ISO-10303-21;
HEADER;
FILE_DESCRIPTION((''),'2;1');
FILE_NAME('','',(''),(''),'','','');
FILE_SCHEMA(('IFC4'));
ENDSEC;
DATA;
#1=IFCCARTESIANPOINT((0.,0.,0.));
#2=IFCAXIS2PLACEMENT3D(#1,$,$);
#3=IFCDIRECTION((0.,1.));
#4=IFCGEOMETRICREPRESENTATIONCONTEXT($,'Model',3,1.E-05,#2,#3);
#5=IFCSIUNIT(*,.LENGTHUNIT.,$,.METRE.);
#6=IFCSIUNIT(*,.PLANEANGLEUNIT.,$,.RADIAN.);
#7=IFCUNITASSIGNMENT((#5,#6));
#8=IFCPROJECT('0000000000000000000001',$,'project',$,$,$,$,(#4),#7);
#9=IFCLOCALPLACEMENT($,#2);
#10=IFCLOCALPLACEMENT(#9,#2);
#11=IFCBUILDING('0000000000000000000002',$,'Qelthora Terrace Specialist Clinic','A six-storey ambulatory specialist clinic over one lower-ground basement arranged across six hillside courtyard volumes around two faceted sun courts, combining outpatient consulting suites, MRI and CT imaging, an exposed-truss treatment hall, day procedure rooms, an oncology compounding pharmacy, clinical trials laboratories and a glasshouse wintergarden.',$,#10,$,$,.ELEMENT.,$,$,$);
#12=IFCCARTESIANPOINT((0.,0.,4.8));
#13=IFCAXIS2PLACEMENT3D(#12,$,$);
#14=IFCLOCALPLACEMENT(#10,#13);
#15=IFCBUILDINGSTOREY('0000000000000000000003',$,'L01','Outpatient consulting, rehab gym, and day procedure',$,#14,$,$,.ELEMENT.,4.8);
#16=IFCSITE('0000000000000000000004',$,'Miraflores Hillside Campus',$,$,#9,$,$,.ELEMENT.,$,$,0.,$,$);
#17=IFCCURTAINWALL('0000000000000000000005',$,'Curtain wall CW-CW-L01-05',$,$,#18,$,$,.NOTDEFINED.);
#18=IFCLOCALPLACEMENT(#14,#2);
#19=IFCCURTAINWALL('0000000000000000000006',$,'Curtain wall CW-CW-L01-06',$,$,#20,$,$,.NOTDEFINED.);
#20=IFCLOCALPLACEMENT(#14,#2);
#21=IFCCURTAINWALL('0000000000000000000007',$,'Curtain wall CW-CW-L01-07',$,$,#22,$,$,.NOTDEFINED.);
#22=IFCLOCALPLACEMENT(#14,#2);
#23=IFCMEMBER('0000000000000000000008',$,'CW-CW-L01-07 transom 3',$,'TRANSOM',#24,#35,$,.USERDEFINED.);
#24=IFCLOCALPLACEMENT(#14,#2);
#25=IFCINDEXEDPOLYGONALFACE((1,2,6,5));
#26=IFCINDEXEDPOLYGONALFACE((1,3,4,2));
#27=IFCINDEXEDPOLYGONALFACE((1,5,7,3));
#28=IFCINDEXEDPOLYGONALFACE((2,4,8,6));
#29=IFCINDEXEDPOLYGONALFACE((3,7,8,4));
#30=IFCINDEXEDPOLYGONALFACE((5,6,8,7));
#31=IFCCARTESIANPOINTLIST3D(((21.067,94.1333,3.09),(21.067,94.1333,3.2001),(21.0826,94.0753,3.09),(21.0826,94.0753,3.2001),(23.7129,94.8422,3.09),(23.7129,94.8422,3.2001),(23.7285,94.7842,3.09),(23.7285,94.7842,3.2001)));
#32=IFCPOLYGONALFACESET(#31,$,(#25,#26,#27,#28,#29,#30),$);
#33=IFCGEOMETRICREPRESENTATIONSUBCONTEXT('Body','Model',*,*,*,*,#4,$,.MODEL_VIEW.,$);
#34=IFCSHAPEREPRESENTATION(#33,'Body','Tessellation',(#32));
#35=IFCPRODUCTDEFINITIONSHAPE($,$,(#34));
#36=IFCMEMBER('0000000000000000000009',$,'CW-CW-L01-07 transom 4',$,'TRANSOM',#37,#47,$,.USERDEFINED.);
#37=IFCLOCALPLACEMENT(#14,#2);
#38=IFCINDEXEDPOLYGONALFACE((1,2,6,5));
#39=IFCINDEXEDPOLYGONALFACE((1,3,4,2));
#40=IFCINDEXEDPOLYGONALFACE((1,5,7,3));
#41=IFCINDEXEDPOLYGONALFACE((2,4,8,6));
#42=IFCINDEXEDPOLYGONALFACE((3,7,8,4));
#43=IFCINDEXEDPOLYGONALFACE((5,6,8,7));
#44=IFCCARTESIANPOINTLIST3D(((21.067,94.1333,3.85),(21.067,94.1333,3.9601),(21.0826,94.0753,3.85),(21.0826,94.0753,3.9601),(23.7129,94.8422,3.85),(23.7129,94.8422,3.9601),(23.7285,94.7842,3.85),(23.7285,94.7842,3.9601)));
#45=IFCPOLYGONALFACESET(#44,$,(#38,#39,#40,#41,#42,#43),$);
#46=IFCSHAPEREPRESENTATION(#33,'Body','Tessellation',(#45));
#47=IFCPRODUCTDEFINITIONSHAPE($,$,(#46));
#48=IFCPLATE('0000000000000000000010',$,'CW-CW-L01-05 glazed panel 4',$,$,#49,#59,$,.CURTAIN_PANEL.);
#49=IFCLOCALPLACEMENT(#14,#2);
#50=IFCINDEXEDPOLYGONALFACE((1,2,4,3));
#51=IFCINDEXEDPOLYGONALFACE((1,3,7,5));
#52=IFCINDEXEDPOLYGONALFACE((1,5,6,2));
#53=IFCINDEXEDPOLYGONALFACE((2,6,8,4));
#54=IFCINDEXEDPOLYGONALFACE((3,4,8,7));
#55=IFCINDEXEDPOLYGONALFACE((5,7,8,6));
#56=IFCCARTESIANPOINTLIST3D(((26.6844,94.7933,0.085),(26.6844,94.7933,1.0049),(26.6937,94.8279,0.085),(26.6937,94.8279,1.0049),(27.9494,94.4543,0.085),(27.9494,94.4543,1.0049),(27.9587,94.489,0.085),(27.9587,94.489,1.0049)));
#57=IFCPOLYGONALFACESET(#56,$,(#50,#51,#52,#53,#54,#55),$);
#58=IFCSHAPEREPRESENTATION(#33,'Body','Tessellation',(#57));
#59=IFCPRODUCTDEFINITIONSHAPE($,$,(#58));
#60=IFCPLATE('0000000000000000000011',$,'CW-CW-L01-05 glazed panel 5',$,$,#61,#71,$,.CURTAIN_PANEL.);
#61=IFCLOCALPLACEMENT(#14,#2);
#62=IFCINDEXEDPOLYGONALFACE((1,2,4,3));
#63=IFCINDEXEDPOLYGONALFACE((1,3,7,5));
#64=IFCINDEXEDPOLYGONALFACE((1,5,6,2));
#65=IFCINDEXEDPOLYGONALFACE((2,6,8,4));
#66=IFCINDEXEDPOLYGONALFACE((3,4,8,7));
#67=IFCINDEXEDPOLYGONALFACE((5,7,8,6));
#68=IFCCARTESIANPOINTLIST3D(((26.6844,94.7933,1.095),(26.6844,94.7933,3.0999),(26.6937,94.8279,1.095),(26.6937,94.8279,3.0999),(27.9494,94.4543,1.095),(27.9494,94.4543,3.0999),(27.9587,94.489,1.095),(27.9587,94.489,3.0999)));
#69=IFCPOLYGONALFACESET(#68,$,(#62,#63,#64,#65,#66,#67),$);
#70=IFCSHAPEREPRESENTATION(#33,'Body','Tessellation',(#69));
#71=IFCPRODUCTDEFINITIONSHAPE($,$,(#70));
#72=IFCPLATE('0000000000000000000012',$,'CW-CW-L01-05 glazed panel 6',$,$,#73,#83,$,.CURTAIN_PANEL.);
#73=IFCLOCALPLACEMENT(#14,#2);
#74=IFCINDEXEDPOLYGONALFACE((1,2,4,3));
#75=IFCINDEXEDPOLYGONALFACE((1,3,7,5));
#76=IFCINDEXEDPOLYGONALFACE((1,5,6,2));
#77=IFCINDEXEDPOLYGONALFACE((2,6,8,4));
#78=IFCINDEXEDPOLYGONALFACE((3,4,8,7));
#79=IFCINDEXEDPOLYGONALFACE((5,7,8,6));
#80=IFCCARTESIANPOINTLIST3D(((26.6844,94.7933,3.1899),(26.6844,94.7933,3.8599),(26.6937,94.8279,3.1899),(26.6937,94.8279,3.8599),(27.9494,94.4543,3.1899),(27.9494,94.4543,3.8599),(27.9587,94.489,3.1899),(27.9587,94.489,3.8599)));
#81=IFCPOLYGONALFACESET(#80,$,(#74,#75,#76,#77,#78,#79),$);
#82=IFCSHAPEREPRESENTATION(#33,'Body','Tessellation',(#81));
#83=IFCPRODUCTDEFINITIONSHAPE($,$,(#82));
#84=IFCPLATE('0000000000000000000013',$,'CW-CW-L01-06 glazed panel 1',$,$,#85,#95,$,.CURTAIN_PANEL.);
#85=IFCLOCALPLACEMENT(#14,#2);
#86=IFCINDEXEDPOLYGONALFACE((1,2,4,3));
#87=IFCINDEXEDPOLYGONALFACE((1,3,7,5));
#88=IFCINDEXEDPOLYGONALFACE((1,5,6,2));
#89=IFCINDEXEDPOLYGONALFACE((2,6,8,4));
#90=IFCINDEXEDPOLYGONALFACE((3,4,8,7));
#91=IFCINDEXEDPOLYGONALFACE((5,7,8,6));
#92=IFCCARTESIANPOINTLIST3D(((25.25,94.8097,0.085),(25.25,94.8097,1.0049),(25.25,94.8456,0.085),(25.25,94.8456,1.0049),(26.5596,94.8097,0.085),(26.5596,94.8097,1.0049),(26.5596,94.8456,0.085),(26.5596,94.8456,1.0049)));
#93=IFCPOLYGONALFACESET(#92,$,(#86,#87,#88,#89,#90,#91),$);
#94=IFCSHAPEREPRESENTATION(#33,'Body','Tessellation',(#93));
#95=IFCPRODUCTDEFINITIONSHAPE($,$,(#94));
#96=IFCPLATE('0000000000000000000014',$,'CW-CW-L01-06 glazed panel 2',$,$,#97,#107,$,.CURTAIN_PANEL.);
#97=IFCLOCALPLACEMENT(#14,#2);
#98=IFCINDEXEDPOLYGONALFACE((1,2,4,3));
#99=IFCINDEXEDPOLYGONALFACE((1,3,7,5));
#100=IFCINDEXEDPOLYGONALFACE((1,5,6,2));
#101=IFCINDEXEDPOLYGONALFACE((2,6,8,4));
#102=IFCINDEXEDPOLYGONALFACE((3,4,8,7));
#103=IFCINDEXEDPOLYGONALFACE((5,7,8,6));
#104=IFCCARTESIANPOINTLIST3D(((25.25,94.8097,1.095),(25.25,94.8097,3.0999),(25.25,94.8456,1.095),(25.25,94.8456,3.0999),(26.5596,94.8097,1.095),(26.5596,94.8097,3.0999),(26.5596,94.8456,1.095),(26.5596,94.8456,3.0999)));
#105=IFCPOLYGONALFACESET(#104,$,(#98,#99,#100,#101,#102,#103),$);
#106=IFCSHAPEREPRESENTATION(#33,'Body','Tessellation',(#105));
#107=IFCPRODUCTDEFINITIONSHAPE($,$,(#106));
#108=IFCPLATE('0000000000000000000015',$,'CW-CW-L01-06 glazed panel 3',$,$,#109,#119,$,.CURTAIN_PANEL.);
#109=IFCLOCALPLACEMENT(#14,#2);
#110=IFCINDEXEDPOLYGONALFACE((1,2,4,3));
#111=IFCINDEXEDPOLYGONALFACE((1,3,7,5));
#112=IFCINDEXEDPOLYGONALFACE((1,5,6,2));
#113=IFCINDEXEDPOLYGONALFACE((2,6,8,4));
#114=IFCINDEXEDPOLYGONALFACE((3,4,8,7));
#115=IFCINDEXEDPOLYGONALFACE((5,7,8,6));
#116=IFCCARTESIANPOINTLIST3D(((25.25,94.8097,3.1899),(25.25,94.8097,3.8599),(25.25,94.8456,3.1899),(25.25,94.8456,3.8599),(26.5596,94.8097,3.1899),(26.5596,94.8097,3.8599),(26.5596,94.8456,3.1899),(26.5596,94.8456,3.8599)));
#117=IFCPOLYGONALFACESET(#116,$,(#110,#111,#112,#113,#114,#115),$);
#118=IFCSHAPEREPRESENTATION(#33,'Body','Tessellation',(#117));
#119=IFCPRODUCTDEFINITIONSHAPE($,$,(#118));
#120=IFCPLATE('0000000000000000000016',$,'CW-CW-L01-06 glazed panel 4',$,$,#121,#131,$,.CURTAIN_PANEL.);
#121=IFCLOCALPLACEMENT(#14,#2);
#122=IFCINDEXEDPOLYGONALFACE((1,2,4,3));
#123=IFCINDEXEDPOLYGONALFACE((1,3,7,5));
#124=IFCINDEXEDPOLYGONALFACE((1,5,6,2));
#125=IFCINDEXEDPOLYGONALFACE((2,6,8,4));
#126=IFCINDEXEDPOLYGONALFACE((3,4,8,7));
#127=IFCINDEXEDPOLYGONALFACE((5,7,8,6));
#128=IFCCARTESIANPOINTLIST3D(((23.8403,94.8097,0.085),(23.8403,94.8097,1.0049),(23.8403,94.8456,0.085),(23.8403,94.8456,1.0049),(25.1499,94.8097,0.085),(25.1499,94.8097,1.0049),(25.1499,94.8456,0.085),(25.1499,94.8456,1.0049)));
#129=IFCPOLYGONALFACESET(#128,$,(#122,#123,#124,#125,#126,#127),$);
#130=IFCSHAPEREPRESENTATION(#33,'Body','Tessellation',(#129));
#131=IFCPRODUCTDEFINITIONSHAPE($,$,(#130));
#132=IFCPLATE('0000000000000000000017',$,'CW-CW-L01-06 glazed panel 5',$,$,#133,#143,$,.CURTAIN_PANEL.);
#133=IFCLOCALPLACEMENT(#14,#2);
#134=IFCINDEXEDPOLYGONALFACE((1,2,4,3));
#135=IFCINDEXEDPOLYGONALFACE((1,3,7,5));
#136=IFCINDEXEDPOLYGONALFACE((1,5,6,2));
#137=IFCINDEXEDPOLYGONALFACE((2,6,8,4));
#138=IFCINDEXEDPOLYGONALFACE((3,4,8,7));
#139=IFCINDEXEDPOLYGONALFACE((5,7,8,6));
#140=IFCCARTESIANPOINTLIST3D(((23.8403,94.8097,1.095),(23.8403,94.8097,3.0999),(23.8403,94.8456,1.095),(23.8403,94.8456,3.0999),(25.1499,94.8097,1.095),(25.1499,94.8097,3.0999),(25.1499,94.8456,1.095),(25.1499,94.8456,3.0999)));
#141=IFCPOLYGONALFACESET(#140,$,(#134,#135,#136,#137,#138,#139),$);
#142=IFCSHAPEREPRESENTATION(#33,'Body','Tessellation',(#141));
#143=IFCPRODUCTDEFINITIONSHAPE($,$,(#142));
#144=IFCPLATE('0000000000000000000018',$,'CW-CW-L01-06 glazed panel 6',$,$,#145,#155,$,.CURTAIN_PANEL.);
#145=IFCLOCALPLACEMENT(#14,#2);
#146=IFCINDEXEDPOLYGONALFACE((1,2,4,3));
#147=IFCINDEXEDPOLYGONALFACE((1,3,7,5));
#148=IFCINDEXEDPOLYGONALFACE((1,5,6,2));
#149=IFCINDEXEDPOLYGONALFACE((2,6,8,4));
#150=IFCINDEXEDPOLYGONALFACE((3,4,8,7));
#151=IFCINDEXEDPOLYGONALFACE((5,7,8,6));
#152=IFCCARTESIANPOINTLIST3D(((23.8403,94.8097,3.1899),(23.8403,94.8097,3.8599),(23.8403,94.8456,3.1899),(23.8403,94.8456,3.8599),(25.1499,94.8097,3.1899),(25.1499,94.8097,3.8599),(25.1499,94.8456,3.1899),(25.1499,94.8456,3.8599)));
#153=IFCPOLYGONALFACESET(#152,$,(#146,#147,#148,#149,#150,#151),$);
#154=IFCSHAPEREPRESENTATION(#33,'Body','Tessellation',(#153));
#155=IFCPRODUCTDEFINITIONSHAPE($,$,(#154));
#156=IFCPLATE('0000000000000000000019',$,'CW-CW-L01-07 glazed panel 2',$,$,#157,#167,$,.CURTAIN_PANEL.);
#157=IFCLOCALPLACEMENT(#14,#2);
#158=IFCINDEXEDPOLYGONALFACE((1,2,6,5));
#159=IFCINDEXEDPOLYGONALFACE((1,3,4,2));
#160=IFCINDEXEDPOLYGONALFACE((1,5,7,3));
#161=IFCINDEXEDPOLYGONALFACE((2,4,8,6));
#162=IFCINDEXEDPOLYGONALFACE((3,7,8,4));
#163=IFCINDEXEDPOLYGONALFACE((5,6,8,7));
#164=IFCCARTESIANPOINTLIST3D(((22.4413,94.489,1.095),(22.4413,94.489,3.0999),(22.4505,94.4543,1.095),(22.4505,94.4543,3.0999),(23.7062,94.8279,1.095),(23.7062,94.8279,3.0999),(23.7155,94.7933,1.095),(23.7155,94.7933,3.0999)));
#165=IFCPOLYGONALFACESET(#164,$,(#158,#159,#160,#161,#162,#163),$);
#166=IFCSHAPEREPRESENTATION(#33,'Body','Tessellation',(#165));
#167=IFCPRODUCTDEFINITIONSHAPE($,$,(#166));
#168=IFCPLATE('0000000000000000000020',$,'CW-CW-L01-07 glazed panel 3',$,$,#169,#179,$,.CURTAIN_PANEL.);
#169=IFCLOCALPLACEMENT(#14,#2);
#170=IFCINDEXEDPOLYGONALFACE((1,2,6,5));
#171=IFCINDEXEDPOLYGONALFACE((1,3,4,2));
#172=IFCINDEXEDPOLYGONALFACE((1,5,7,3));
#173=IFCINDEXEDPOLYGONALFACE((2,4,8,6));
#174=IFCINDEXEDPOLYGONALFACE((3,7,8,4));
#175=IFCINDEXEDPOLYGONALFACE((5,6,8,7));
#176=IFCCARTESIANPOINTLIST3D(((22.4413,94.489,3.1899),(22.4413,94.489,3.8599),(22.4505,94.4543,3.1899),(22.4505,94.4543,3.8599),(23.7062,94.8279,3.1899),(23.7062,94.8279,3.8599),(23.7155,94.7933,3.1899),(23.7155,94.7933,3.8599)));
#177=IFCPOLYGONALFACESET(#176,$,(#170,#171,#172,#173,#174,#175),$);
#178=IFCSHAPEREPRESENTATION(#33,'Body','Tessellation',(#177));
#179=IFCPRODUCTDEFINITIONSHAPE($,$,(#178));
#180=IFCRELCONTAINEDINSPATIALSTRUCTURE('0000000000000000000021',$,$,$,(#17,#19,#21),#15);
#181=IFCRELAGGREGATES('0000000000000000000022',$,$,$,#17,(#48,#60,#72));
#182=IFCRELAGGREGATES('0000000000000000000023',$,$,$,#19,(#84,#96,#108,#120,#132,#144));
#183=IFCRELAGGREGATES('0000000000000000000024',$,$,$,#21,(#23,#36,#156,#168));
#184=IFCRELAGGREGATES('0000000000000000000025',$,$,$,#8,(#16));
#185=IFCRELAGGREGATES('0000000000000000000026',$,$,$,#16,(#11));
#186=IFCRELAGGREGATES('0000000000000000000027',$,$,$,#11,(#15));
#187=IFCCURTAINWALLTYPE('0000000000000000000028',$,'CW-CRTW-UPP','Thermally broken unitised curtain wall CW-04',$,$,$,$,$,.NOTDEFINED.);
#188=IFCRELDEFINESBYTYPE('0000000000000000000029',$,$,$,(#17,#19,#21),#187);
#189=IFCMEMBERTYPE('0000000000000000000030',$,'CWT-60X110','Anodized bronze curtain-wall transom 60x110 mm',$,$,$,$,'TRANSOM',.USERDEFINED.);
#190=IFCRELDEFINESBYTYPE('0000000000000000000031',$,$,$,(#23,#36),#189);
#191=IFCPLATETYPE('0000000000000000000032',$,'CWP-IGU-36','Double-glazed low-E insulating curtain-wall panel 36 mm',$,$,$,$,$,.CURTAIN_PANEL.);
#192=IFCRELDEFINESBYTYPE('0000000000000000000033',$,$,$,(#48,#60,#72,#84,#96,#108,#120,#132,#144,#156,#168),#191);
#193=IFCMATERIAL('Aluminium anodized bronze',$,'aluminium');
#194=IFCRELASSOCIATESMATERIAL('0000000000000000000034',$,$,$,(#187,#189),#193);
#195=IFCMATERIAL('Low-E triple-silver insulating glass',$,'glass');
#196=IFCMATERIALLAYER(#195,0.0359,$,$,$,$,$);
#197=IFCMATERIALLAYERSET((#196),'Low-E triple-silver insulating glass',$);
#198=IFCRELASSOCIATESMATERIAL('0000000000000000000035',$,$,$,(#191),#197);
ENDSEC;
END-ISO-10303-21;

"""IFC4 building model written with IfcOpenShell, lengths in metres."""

from ifc_helpers import new_model, si_unit, direction, frame, origin, origin_2d, place, context, subcontext, project, spatial, rectangle, extrude, material, layer, layer_set, material_profile, profile_set, type_object, element, aggregate, save


model = new_model("IFC4")

# Units and contexts
model_context = context("Model", 3, precision=1e-05, world=origin(), true_north=direction((0.0, 1.0)))
body_context = subcontext(model_context, "Body", "Model", "MODEL_VIEW")
ifc_project = project(units=[si_unit("LENGTHUNIT", "METRE"), si_unit("PLANEANGLEUNIT", "RADIAN")], contexts=[model_context])

# Site, building, storey
site_placement = place(None, origin())
site = spatial("IfcSite", under=ifc_project, at=site_placement, Name="Miraflores Hillside Campus", CompositionType="ELEMENT", RefElevation=0.0)
building_placement = place(site_placement, origin())
building = spatial("IfcBuilding", under=site, at=building_placement, Name="Qelthora Terrace Specialist Clinic", Description="A six-storey ambulatory specialist clinic over one lower-ground basement arranged across six hillside courtyard volumes around two faceted sun courts, combining outpatient consulting suites, MRI and CT imaging, an exposed-truss treatment hall, day procedure rooms, an oncology compounding pharmacy, clinical trials laboratories and a glasshouse wintergarden.", CompositionType="ELEMENT")
storey_placement = place(building_placement, frame((0.0, 0.0, 4.8)))
storey = spatial("IfcBuildingStorey", under=building, at=storey_placement, Name="L01", Description="Outpatient consulting, rehab gym, and day procedure", CompositionType="ELEMENT", Elevation=4.8)

# Curtain wall
ifc_material_1 = material(Name="Aluminium anodized bronze", Category="aluminium")
curtain_wall_type = type_object("IfcCurtainWallType", Name="CW-CRTW-UPP", Description="Thermally broken unitised curtain wall CW-04", PredefinedType="NOTDEFINED", material=ifc_material_1)
curtain_wall_1_placement = place(storey_placement, origin())
curtain_wall_1 = element("IfcCurtainWall", 1, at=curtain_wall_1_placement, inside=storey, type_object=curtain_wall_type, Name="Curtain wall CW-CW-L01-05", PredefinedType="NOTDEFINED")

# Curtain wall
curtain_wall_2_placement = place(storey_placement, origin())
curtain_wall_2 = element("IfcCurtainWall", 2, at=curtain_wall_2_placement, inside=storey, type_object=curtain_wall_type, Name="Curtain wall CW-CW-L01-06", PredefinedType="NOTDEFINED")

# Curtain wall
curtain_wall_3_placement = place(storey_placement, origin())
curtain_wall_3 = element("IfcCurtainWall", 3, at=curtain_wall_3_placement, inside=storey, type_object=curtain_wall_type, Name="Curtain wall CW-CW-L01-07", PredefinedType="NOTDEFINED")

# Members
ifc_material_profile_1 = material_profile(ifc_material_1, rectangle(XDim=0.0601, YDim=0.1101, at=origin_2d()), Name="CWT60X110")
ifc_profile_set_1 = profile_set([ifc_material_profile_1], Name="Aluminium anodized bronze")
member_type_1 = type_object("IfcMemberType", Name="CWT-60X110", Description="Anodized bronze curtain-wall transom 60x110 mm", ElementType="TRANSOM", PredefinedType="USERDEFINED", material=ifc_profile_set_1)
member_1_placement = place(storey_placement, frame((23.7207, 94.8132, 3.145), z_axis=(-0.965927, -0.258816, 0.0), x_axis=(0.258816, -0.965927, 0.0)))
member_1 = element("IfcMember", 4, at=member_1_placement, type_object=member_type_1, Name="CW-CW-L01-07 transom 3", ObjectType="TRANSOM", PredefinedType="USERDEFINED", context=body_context, shape_type="SweptSolid", body=[
    extrude(rectangle(XDim=0.0601, YDim=0.1101, at=origin_2d()), origin(), (0.0, 0.0, 1.0), 2.7393),
])
member_2_placement = place(storey_placement, frame((23.7207, 94.8132, 3.905), z_axis=(-0.965927, -0.258816, 0.0), x_axis=(0.258816, -0.965927, 0.0)))
member_2 = element("IfcMember", 5, at=member_2_placement, type_object=member_type_1, Name="CW-CW-L01-07 transom 4", ObjectType="TRANSOM", PredefinedType="USERDEFINED", context=body_context, shape_type="SweptSolid", body=[
    extrude(rectangle(XDim=0.0601, YDim=0.1101, at=origin_2d()), origin(), (0.0, 0.0, 1.0), 2.7393),
])

# Plates
ifc_material_2 = material(Name="Low-E triple-silver insulating glass", Category="glass")
ifc_layer_1 = layer(ifc_material_2, 0.0359)
ifc_layer_set_1 = layer_set([ifc_layer_1], Name="Low-E triple-silver insulating glass")
plate_type = type_object("IfcPlateType", Name="CWP-IGU-36", Description="Double-glazed low-E insulating curtain-wall panel 36 mm", PredefinedType="CURTAIN_PANEL", material=ifc_layer_set_1)
plate_1_placement = place(storey_placement, frame((27.3215, 94.6411, 0.085), z_axis=(0.0, 0.0, 1.0), x_axis=(-0.965925, 0.258821, 0.0)))
plate_1 = element("IfcPlate", 6, at=plate_1_placement, type_object=plate_type, Name="CW-CW-L01-05 glazed panel 4", PredefinedType="CURTAIN_PANEL", context=body_context, shape_type="SweptSolid", body=[
    extrude(rectangle(XDim=1.3096, YDim=0.0359, at=origin_2d()), origin(), (0.0, 0.0, 1.0), 0.9199),
])
plate_2_placement = place(storey_placement, frame((27.3215, 94.6411, 1.095), z_axis=(0.0, 0.0, 1.0), x_axis=(-0.965925, 0.258821, 0.0)))
plate_2 = element("IfcPlate", 7, at=plate_2_placement, type_object=plate_type, Name="CW-CW-L01-05 glazed panel 5", PredefinedType="CURTAIN_PANEL", context=body_context, shape_type="SweptSolid", body=[
    extrude(rectangle(XDim=1.3096, YDim=0.0359, at=origin_2d()), origin(), (0.0, 0.0, 1.0), 2.0049),
])
plate_3_placement = place(storey_placement, frame((27.3215, 94.6411, 3.1899), z_axis=(0.0, 0.0, 1.0), x_axis=(-0.965925, 0.258821, 0.0)))
plate_3 = element("IfcPlate", 8, at=plate_3_placement, type_object=plate_type, Name="CW-CW-L01-05 glazed panel 6", PredefinedType="CURTAIN_PANEL", context=body_context, shape_type="SweptSolid", body=[
    extrude(rectangle(XDim=1.3096, YDim=0.0359, at=origin_2d()), origin(), (0.0, 0.0, 1.0), 0.6699),
])
aggregate(curtain_wall_1, [plate_1, plate_2, plate_3])
plate_4_placement = place(storey_placement, frame((25.9048, 94.8276, 0.085), z_axis=(0.0, 0.0, 1.0), x_axis=(-1.0, 0.0, 0.0)))
plate_4 = element("IfcPlate", 9, at=plate_4_placement, type_object=plate_type, Name="CW-CW-L01-06 glazed panel 1", PredefinedType="CURTAIN_PANEL", context=body_context, shape_type="SweptSolid", body=[
    extrude(rectangle(XDim=1.3096, YDim=0.0359, at=origin_2d()), origin(), (0.0, 0.0, 1.0), 0.9199),
])
plate_5_placement = place(storey_placement, frame((25.9048, 94.8276, 1.095), z_axis=(0.0, 0.0, 1.0), x_axis=(-1.0, 0.0, 0.0)))
plate_5 = element("IfcPlate", 10, at=plate_5_placement, type_object=plate_type, Name="CW-CW-L01-06 glazed panel 2", PredefinedType="CURTAIN_PANEL", context=body_context, shape_type="SweptSolid", body=[
    extrude(rectangle(XDim=1.3096, YDim=0.0359, at=origin_2d()), origin(), (0.0, 0.0, 1.0), 2.0049),
])
plate_6_placement = place(storey_placement, frame((25.9048, 94.8276, 3.1899), z_axis=(0.0, 0.0, 1.0), x_axis=(-1.0, 0.0, 0.0)))
plate_6 = element("IfcPlate", 11, at=plate_6_placement, type_object=plate_type, Name="CW-CW-L01-06 glazed panel 3", PredefinedType="CURTAIN_PANEL", context=body_context, shape_type="SweptSolid", body=[
    extrude(rectangle(XDim=1.3096, YDim=0.0359, at=origin_2d()), origin(), (0.0, 0.0, 1.0), 0.6699),
])
plate_7_placement = place(storey_placement, frame((24.4951, 94.8276, 0.085), z_axis=(0.0, 0.0, 1.0), x_axis=(-1.0, 0.0, 0.0)))
plate_7 = element("IfcPlate", 12, at=plate_7_placement, type_object=plate_type, Name="CW-CW-L01-06 glazed panel 4", PredefinedType="CURTAIN_PANEL", context=body_context, shape_type="SweptSolid", body=[
    extrude(rectangle(XDim=1.3096, YDim=0.0359, at=origin_2d()), origin(), (0.0, 0.0, 1.0), 0.9199),
])
plate_8_placement = place(storey_placement, frame((24.4951, 94.8276, 1.095), z_axis=(0.0, 0.0, 1.0), x_axis=(-1.0, 0.0, 0.0)))
plate_8 = element("IfcPlate", 13, at=plate_8_placement, type_object=plate_type, Name="CW-CW-L01-06 glazed panel 5", PredefinedType="CURTAIN_PANEL", context=body_context, shape_type="SweptSolid", body=[
    extrude(rectangle(XDim=1.3096, YDim=0.0359, at=origin_2d()), origin(), (0.0, 0.0, 1.0), 2.0049),
])
plate_9_placement = place(storey_placement, frame((24.4951, 94.8276, 3.1899), z_axis=(0.0, 0.0, 1.0), x_axis=(-1.0, 0.0, 0.0)))
plate_9 = element("IfcPlate", 14, at=plate_9_placement, type_object=plate_type, Name="CW-CW-L01-06 glazed panel 6", PredefinedType="CURTAIN_PANEL", context=body_context, shape_type="SweptSolid", body=[
    extrude(rectangle(XDim=1.3096, YDim=0.0359, at=origin_2d()), origin(), (0.0, 0.0, 1.0), 0.6699),
])
aggregate(curtain_wall_2, [plate_4, plate_5, plate_6, plate_7, plate_8, plate_9])
plate_10_placement = place(storey_placement, frame((23.0784, 94.6411, 1.095), z_axis=(0.0, 0.0, 1.0), x_axis=(-0.965925, -0.258821, 0.0)))
plate_10 = element("IfcPlate", 15, at=plate_10_placement, type_object=plate_type, Name="CW-CW-L01-07 glazed panel 2", PredefinedType="CURTAIN_PANEL", context=body_context, shape_type="SweptSolid", body=[
    extrude(rectangle(XDim=1.3096, YDim=0.0359, at=origin_2d()), origin(), (0.0, 0.0, 1.0), 2.0049),
])
plate_11_placement = place(storey_placement, frame((23.0784, 94.6411, 3.1899), z_axis=(0.0, 0.0, 1.0), x_axis=(-0.965925, -0.258821, 0.0)))
plate_11 = element("IfcPlate", 16, at=plate_11_placement, type_object=plate_type, Name="CW-CW-L01-07 glazed panel 3", PredefinedType="CURTAIN_PANEL", context=body_context, shape_type="SweptSolid", body=[
    extrude(rectangle(XDim=1.3096, YDim=0.0359, at=origin_2d()), origin(), (0.0, 0.0, 1.0), 0.6699),
])
aggregate(curtain_wall_3, [member_1, member_2, plate_10, plate_11])

save(model, "model.ifc")
